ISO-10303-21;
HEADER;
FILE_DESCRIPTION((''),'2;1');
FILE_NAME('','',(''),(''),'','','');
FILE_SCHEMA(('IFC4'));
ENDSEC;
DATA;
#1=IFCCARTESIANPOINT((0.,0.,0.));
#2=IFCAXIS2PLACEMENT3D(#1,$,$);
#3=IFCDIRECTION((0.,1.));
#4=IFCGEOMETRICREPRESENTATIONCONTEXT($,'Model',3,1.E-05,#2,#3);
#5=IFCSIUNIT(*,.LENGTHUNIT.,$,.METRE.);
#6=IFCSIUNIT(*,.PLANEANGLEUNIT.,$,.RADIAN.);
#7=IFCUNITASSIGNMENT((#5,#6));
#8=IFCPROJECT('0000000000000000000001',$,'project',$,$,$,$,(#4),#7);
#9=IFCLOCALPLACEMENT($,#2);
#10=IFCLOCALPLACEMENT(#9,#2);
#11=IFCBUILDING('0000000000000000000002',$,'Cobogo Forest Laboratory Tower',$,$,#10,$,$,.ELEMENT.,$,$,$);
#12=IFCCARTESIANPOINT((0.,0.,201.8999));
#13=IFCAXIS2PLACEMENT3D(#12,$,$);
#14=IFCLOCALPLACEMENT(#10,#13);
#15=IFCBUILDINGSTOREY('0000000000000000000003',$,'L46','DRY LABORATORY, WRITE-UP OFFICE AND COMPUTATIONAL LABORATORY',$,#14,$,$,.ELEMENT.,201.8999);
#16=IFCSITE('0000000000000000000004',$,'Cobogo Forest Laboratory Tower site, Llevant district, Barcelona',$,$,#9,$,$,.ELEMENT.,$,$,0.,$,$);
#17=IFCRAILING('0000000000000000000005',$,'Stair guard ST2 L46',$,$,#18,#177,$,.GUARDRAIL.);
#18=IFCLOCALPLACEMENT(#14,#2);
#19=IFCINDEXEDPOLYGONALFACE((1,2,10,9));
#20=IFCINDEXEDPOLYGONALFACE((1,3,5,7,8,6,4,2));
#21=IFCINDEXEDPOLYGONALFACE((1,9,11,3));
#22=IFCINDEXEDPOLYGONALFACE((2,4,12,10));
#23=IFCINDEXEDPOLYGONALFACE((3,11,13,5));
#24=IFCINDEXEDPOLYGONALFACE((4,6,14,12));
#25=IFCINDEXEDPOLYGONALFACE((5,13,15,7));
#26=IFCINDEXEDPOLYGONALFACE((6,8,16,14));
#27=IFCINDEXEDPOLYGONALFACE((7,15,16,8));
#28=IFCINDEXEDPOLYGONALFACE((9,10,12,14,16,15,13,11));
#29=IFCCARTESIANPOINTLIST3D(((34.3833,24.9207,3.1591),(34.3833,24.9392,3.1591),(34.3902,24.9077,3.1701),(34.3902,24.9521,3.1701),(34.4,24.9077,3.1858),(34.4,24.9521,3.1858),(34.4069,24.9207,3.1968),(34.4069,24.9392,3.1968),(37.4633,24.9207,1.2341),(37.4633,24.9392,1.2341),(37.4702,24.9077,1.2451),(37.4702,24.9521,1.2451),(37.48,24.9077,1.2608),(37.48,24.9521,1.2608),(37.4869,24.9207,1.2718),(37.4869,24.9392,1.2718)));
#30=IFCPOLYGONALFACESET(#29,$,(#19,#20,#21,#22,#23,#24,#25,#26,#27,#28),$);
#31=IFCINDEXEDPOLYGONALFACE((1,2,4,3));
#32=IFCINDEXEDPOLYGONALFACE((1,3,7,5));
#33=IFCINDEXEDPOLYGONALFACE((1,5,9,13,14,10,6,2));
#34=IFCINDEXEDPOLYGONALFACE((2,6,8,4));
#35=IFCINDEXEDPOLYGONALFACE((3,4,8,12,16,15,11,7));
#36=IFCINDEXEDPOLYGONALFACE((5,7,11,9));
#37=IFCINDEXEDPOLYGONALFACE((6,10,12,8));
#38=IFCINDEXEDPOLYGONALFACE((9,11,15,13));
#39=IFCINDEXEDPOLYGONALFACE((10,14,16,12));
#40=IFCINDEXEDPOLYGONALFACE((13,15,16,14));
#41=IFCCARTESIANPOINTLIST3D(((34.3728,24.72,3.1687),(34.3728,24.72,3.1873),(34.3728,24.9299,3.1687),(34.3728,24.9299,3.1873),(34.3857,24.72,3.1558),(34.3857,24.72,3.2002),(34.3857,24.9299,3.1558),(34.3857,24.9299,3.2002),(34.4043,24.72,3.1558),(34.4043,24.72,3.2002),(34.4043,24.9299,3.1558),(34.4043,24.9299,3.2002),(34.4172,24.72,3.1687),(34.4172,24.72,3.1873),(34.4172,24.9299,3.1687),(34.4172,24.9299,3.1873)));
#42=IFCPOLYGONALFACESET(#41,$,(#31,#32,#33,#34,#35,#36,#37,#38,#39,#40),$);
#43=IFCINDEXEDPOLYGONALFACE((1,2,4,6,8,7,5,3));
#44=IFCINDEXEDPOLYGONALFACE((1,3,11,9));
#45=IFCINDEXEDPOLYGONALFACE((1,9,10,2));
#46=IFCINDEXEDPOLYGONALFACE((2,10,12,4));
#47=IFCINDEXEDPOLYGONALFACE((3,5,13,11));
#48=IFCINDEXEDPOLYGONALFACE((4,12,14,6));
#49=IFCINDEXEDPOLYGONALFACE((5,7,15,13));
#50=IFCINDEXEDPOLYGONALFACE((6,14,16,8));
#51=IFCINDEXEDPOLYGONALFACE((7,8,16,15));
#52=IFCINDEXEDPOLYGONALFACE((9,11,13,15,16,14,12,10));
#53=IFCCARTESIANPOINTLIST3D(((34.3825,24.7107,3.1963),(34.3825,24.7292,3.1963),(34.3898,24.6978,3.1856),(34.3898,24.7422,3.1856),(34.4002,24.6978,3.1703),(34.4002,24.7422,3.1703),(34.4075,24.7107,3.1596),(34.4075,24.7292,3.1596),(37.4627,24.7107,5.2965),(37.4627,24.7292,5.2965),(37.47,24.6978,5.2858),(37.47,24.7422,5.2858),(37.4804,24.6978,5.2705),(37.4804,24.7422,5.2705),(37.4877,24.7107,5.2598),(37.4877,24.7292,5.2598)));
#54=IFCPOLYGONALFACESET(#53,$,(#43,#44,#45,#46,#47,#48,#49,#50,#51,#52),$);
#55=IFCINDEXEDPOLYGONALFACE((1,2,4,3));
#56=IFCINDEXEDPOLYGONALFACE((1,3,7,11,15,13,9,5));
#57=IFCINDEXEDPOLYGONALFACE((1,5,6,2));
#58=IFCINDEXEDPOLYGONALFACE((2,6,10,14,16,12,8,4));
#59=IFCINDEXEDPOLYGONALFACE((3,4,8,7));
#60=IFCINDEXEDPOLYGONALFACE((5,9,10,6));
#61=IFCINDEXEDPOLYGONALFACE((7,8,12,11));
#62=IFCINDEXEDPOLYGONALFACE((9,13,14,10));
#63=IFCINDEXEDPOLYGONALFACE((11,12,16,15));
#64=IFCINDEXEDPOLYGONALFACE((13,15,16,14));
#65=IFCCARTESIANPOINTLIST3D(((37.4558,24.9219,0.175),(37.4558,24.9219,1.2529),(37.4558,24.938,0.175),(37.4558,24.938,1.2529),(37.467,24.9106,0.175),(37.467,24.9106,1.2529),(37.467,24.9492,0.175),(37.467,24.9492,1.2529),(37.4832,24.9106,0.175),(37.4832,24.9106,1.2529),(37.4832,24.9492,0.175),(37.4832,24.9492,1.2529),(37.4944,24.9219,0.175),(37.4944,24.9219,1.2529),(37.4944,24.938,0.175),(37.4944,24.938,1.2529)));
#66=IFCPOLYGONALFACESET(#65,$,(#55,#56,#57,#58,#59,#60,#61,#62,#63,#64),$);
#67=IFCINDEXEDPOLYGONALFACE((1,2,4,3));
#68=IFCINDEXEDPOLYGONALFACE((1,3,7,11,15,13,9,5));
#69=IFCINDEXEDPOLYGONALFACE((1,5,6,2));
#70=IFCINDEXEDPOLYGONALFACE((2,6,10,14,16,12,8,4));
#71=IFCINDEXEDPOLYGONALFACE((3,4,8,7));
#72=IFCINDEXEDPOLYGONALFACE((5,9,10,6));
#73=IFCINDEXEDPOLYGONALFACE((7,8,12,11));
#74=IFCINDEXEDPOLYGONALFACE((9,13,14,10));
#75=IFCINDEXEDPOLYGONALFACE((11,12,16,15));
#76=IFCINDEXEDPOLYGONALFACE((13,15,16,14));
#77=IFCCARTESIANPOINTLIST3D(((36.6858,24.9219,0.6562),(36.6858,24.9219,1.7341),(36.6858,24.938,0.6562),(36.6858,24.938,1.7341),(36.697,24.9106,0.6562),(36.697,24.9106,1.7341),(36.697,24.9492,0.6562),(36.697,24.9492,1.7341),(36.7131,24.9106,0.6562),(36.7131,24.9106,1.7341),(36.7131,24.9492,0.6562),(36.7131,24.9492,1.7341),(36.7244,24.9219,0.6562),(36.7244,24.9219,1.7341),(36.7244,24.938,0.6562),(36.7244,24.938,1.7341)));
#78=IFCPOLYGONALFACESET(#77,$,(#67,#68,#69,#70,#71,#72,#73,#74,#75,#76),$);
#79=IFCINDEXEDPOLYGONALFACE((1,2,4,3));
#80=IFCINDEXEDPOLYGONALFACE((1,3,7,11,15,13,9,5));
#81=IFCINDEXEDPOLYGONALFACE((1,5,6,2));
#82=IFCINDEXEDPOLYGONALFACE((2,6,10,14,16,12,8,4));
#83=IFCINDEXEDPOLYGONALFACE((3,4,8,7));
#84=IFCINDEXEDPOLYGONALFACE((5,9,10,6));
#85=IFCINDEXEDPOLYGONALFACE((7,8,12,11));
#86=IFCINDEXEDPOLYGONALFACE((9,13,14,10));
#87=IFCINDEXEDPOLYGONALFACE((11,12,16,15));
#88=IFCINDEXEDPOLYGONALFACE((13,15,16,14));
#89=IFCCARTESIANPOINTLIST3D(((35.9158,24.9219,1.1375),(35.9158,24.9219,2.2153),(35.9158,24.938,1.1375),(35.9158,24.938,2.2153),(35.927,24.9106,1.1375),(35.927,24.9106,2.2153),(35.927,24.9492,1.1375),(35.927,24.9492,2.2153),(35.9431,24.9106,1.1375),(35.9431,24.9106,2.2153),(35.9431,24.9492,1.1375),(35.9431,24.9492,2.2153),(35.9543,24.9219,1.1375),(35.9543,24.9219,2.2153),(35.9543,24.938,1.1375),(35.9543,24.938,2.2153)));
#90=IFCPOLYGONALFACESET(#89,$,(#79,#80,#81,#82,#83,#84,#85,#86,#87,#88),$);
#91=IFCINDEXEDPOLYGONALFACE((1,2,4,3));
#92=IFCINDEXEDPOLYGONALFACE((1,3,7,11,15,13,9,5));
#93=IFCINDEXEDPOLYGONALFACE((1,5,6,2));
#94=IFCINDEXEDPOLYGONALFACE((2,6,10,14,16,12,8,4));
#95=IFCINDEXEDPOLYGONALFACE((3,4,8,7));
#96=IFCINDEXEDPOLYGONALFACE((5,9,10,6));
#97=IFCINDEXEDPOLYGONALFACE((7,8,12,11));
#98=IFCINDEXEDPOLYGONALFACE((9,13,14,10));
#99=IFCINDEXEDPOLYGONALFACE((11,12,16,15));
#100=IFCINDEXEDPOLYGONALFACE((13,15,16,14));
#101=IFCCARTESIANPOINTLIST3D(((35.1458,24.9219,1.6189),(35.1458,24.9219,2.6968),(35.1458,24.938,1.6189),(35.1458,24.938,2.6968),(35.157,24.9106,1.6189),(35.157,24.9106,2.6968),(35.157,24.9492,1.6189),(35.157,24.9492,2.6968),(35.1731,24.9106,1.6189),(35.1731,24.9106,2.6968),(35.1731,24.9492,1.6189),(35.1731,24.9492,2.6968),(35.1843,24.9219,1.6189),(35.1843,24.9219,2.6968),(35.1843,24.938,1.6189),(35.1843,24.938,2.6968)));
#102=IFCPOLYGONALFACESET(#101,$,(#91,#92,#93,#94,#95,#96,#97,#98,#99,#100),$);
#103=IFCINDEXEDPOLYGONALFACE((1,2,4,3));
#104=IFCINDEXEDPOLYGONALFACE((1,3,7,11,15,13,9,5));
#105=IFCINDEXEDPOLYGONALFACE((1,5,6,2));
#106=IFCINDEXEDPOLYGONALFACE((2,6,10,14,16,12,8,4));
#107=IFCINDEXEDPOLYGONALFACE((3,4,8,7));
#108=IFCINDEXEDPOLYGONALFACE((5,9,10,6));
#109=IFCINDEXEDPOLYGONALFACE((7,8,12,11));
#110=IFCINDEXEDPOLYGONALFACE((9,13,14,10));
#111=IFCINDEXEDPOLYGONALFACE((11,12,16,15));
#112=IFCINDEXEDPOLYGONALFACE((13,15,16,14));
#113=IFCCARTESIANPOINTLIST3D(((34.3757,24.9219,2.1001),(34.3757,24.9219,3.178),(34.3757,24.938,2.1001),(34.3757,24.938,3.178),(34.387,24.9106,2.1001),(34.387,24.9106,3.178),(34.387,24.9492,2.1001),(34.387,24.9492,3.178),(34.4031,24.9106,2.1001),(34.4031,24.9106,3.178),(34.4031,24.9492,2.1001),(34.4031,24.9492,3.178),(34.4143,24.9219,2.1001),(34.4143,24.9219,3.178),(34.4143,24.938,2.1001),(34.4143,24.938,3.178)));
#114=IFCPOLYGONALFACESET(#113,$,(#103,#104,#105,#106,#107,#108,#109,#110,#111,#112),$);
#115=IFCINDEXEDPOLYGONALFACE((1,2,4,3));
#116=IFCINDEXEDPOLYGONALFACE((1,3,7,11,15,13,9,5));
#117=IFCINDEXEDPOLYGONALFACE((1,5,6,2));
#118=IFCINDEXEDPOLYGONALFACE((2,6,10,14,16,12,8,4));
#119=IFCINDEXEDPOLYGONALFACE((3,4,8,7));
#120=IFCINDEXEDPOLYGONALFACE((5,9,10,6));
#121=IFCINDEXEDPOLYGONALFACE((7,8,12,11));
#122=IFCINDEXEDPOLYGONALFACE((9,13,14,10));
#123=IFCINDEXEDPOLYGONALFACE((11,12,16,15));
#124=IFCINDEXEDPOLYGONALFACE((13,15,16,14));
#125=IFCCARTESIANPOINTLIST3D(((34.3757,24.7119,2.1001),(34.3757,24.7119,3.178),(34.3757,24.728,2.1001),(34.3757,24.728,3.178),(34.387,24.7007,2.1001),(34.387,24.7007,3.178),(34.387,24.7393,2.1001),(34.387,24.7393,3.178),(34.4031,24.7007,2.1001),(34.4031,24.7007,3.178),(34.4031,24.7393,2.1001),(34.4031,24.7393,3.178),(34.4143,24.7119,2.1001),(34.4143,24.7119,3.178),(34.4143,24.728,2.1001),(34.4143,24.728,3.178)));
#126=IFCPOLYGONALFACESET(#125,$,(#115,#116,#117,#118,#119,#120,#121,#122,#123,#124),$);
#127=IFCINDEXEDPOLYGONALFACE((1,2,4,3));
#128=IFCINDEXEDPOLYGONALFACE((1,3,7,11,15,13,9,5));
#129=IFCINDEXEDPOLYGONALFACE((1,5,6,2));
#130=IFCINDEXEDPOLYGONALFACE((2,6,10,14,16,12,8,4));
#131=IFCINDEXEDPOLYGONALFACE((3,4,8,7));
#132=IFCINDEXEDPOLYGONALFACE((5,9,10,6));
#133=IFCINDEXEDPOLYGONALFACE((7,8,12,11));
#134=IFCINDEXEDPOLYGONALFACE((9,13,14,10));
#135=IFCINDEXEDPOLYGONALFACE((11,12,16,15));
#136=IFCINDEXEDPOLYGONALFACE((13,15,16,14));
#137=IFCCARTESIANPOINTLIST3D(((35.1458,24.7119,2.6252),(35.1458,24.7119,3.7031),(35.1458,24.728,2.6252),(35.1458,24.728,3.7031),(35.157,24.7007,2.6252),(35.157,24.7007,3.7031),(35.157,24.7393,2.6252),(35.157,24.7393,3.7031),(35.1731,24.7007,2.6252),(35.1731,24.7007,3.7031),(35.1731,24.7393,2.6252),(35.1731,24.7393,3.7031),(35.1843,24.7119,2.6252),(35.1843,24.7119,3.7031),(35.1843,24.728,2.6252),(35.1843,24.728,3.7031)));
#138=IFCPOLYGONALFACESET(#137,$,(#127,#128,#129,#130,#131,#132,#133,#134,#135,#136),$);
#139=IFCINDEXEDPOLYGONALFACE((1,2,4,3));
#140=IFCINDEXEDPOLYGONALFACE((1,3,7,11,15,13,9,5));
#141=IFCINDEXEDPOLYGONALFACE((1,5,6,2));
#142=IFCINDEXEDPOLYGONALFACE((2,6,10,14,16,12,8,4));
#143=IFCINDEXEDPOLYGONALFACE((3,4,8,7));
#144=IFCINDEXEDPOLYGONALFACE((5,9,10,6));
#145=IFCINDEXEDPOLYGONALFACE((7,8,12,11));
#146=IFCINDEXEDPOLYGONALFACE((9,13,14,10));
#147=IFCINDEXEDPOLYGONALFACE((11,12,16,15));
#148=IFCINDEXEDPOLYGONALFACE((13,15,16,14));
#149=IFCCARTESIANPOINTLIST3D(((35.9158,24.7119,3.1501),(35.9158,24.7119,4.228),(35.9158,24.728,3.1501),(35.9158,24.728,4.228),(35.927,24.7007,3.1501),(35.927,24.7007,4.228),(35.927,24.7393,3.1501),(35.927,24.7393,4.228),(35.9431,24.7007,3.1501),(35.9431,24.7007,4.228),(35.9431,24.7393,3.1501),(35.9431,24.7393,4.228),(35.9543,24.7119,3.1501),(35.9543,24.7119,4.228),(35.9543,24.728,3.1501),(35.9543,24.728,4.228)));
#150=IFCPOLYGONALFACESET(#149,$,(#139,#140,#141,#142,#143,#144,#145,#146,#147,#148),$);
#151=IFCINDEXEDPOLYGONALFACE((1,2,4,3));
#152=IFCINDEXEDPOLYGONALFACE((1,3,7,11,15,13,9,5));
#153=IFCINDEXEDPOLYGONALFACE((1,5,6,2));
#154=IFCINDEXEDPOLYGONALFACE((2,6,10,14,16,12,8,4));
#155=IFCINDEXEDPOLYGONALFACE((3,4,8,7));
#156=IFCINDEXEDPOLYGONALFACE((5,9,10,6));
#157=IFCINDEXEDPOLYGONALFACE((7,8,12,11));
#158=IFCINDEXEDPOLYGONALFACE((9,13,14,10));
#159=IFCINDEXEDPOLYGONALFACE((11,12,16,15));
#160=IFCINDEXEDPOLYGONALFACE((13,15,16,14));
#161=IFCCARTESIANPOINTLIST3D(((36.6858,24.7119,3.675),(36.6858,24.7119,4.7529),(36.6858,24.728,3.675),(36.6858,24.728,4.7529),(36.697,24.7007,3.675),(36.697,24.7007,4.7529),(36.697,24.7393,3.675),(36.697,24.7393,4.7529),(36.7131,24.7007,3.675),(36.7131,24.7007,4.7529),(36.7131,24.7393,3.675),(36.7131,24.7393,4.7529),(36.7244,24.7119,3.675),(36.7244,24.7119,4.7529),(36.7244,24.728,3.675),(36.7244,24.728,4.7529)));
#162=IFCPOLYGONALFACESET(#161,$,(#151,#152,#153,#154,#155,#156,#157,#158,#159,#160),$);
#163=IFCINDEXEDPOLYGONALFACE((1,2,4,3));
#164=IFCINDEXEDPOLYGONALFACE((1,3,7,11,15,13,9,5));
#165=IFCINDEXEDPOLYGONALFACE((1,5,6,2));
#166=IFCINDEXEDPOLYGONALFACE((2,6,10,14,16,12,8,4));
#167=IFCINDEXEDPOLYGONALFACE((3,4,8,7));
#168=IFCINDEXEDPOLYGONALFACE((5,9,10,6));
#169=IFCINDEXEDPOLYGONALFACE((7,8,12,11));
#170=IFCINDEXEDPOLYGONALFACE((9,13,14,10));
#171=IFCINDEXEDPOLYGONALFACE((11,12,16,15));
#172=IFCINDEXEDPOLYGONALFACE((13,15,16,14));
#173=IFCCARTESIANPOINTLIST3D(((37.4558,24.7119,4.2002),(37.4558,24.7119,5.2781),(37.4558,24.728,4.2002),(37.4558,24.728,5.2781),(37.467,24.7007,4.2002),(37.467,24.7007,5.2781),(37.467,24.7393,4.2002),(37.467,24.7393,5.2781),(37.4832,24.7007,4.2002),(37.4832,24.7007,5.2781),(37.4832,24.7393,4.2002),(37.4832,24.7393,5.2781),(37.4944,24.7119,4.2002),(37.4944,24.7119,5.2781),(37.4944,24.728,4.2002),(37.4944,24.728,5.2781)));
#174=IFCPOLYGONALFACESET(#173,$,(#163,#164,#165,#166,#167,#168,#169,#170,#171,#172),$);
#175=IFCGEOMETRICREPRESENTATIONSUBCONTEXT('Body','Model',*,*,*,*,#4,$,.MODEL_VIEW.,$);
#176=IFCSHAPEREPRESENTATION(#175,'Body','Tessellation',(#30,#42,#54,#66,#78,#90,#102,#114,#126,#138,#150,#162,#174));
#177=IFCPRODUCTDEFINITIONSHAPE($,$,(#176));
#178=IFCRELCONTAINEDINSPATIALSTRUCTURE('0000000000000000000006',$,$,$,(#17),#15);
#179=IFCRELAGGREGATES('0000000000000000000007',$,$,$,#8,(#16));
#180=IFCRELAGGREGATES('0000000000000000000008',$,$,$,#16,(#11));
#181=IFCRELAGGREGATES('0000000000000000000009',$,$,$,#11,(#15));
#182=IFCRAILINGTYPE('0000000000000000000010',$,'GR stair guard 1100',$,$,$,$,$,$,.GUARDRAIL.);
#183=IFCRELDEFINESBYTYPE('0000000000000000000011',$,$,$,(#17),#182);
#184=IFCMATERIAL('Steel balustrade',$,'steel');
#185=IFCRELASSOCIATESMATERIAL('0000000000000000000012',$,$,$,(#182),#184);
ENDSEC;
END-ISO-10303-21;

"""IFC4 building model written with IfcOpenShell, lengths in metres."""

from ifc_helpers import new_model, si_unit, direction, frame, origin, place, context, subcontext, project, spatial, polyline, outline, extrude, material, type_object, element, save


model = new_model("IFC4")

# Units and contexts
model_context = context("Model", 3, precision=1e-05, world=origin(), true_north=direction((0.0, 1.0)))
body_context = subcontext(model_context, "Body", "Model", "MODEL_VIEW")
ifc_project = project(units=[si_unit("LENGTHUNIT", "METRE"), si_unit("PLANEANGLEUNIT", "RADIAN")], contexts=[model_context])

# Site, building, storey
site_placement = place(None, origin())
site = spatial("IfcSite", under=ifc_project, at=site_placement, Name="Cobogo Forest Laboratory Tower site, Llevant district, Barcelona", CompositionType="ELEMENT", RefElevation=0.0)
building_placement = place(site_placement, origin())
building = spatial("IfcBuilding", under=site, at=building_placement, Name="Cobogo Forest Laboratory Tower", CompositionType="ELEMENT")
storey_placement = place(building_placement, frame((0.0, 0.0, 201.8999)))
storey = spatial("IfcBuildingStorey", under=building, at=storey_placement, Name="L46", Description="DRY LABORATORY, WRITE-UP OFFICE AND COMPUTATIONAL LABORATORY", CompositionType="ELEMENT", Elevation=201.8999)

# Railing
ifc_material_1 = material(Name="Steel balustrade", Category="steel")
railing_type_1 = type_object("IfcRailingType", Name="GR stair guard 1100", PredefinedType="GUARDRAIL", material=ifc_material_1)
railing_1_placement = place(storey_placement, frame((37.4751, 24.9299, 0.175)))
element("IfcRailing", 1, at=railing_1_placement, inside=storey, type_object=railing_type_1, Name="Stair guard ST2 L46", PredefinedType="GUARDRAIL", context=body_context, shape_type="SweptSolid", body=[
    extrude(outline(polyline([(0.0222, 0.0093), (0.0093, 0.0222), (-0.0093, 0.0222), (-0.0222, 0.0093), (-0.0222, -0.0093), (-0.0093, -0.0222), (0.0093, -0.0222), (0.0222, -0.0093), (0.0222, 0.0093)])), frame((0.0, 0.0, 1.0779), z_axis=(-0.847998, 0.0, 0.529999), x_axis=(0.0, -1.0, 0.0)), (0.0, 0.0, 1.0), 3.6321),
    extrude(outline(polyline([(0.0222, 0.0093), (0.0093, 0.0222), (-0.0093, 0.0222), (-0.0222, 0.0093), (-0.0222, -0.0093), (-0.0093, -0.0222), (0.0093, -0.0222), (0.0222, -0.0093), (0.0222, 0.0093)])), frame((-3.0801, 0.0, 3.0029), z_axis=(0.0, -1.0, 0.0), x_axis=(1.0, 0.0, 0.0)), (0.0, 0.0, 1.0), 0.21),
    extrude(outline(polyline([(0.0222, 0.0093), (0.0093, 0.0222), (-0.0093, 0.0222), (-0.0222, 0.0093), (-0.0222, -0.0093), (-0.0093, -0.0222), (0.0093, -0.0222), (0.0222, -0.0093), (0.0222, 0.0093)])), frame((-3.0801, -0.21, 3.0029), z_axis=(0.826222, 0.0, 0.563345), x_axis=(0.0, 1.0, 0.0)), (0.0, 0.0, 1.0), 3.728),
    extrude(outline(polyline([(0.0193, 0.0081), (0.0081, 0.0193), (-0.0081, 0.0193), (-0.0193, 0.0081), (-0.0193, -0.0081), (-0.0081, -0.0193), (0.0081, -0.0193), (0.0193, -0.0081), (0.0193, 0.0081)])), origin(), (0.0, 0.0, 1.0), 1.0779),
    extrude(outline(polyline([(0.0193, 0.0081), (0.0081, 0.0193), (-0.0081, 0.0193), (-0.0193, 0.0081), (-0.0193, -0.0081), (-0.0081, -0.0193), (0.0081, -0.0193), (0.0193, -0.0081), (0.0193, 0.0081)])), frame((-0.77, 0.0, 0.4812)), (0.0, 0.0, 1.0), 1.0779),
    extrude(outline(polyline([(0.0193, 0.0081), (0.0081, 0.0193), (-0.0081, 0.0193), (-0.0193, 0.0081), (-0.0193, -0.0081), (-0.0081, -0.0193), (0.0081, -0.0193), (0.0193, -0.0081), (0.0193, 0.0081)])), frame((-1.54, 0.0, 0.9624)), (0.0, 0.0, 1.0), 1.0779),
    extrude(outline(polyline([(0.0193, 0.0081), (0.0081, 0.0193), (-0.0081, 0.0193), (-0.0193, 0.0081), (-0.0193, -0.0081), (-0.0081, -0.0193), (0.0081, -0.0193), (0.0193, -0.0081), (0.0193, 0.0081)])), frame((-2.3101, 0.0, 1.4438)), (0.0, 0.0, 1.0), 1.0779),
    extrude(outline(polyline([(0.0193, 0.0081), (0.0081, 0.0193), (-0.0081, 0.0193), (-0.0193, 0.0081), (-0.0193, -0.0081), (-0.0081, -0.0193), (0.0081, -0.0193), (0.0193, -0.0081), (0.0193, 0.0081)])), frame((-3.0801, 0.0, 1.925)), (0.0, 0.0, 1.0), 1.0779),
    extrude(outline(polyline([(0.0193, 0.0081), (0.0081, 0.0193), (-0.0081, 0.0193), (-0.0193, 0.0081), (-0.0193, -0.0081), (-0.0081, -0.0193), (0.0081, -0.0193), (0.0193, -0.0081), (0.0193, 0.0081)])), frame((-3.0801, -0.21, 1.925)), (0.0, 0.0, 1.0), 1.0779),
    extrude(outline(polyline([(0.0193, 0.0081), (0.0081, 0.0193), (-0.0081, 0.0193), (-0.0193, 0.0081), (-0.0193, -0.0081), (-0.0081, -0.0193), (0.0081, -0.0193), (0.0193, -0.0081), (0.0193, 0.0081)])), frame((-2.3101, -0.21, 2.4502)), (0.0, 0.0, 1.0), 1.0779),
    extrude(outline(polyline([(0.0193, 0.0081), (0.0081, 0.0193), (-0.0081, 0.0193), (-0.0193, 0.0081), (-0.0193, -0.0081), (-0.0081, -0.0193), (0.0081, -0.0193), (0.0193, -0.0081), (0.0193, 0.0081)])), frame((-1.54, -0.21, 2.9751)), (0.0, 0.0, 1.0), 1.0779),
    extrude(outline(polyline([(0.0193, 0.0081), (0.0081, 0.0193), (-0.0081, 0.0193), (-0.0193, 0.0081), (-0.0193, -0.0081), (-0.0081, -0.0193), (0.0081, -0.0193), (0.0193, -0.0081), (0.0193, 0.0081)])), frame((-0.77, -0.21, 3.5)), (0.0, 0.0, 1.0), 1.0779),
    extrude(outline(polyline([(0.0193, 0.0081), (0.0081, 0.0193), (-0.0081, 0.0193), (-0.0193, 0.0081), (-0.0193, -0.0081), (-0.0081, -0.0193), (0.0081, -0.0193), (0.0193, -0.0081), (0.0193, 0.0081)])), frame((0.0, -0.21, 4.0251)), (0.0, 0.0, 1.0), 1.0779),
])

save(model, "model.ifc")
